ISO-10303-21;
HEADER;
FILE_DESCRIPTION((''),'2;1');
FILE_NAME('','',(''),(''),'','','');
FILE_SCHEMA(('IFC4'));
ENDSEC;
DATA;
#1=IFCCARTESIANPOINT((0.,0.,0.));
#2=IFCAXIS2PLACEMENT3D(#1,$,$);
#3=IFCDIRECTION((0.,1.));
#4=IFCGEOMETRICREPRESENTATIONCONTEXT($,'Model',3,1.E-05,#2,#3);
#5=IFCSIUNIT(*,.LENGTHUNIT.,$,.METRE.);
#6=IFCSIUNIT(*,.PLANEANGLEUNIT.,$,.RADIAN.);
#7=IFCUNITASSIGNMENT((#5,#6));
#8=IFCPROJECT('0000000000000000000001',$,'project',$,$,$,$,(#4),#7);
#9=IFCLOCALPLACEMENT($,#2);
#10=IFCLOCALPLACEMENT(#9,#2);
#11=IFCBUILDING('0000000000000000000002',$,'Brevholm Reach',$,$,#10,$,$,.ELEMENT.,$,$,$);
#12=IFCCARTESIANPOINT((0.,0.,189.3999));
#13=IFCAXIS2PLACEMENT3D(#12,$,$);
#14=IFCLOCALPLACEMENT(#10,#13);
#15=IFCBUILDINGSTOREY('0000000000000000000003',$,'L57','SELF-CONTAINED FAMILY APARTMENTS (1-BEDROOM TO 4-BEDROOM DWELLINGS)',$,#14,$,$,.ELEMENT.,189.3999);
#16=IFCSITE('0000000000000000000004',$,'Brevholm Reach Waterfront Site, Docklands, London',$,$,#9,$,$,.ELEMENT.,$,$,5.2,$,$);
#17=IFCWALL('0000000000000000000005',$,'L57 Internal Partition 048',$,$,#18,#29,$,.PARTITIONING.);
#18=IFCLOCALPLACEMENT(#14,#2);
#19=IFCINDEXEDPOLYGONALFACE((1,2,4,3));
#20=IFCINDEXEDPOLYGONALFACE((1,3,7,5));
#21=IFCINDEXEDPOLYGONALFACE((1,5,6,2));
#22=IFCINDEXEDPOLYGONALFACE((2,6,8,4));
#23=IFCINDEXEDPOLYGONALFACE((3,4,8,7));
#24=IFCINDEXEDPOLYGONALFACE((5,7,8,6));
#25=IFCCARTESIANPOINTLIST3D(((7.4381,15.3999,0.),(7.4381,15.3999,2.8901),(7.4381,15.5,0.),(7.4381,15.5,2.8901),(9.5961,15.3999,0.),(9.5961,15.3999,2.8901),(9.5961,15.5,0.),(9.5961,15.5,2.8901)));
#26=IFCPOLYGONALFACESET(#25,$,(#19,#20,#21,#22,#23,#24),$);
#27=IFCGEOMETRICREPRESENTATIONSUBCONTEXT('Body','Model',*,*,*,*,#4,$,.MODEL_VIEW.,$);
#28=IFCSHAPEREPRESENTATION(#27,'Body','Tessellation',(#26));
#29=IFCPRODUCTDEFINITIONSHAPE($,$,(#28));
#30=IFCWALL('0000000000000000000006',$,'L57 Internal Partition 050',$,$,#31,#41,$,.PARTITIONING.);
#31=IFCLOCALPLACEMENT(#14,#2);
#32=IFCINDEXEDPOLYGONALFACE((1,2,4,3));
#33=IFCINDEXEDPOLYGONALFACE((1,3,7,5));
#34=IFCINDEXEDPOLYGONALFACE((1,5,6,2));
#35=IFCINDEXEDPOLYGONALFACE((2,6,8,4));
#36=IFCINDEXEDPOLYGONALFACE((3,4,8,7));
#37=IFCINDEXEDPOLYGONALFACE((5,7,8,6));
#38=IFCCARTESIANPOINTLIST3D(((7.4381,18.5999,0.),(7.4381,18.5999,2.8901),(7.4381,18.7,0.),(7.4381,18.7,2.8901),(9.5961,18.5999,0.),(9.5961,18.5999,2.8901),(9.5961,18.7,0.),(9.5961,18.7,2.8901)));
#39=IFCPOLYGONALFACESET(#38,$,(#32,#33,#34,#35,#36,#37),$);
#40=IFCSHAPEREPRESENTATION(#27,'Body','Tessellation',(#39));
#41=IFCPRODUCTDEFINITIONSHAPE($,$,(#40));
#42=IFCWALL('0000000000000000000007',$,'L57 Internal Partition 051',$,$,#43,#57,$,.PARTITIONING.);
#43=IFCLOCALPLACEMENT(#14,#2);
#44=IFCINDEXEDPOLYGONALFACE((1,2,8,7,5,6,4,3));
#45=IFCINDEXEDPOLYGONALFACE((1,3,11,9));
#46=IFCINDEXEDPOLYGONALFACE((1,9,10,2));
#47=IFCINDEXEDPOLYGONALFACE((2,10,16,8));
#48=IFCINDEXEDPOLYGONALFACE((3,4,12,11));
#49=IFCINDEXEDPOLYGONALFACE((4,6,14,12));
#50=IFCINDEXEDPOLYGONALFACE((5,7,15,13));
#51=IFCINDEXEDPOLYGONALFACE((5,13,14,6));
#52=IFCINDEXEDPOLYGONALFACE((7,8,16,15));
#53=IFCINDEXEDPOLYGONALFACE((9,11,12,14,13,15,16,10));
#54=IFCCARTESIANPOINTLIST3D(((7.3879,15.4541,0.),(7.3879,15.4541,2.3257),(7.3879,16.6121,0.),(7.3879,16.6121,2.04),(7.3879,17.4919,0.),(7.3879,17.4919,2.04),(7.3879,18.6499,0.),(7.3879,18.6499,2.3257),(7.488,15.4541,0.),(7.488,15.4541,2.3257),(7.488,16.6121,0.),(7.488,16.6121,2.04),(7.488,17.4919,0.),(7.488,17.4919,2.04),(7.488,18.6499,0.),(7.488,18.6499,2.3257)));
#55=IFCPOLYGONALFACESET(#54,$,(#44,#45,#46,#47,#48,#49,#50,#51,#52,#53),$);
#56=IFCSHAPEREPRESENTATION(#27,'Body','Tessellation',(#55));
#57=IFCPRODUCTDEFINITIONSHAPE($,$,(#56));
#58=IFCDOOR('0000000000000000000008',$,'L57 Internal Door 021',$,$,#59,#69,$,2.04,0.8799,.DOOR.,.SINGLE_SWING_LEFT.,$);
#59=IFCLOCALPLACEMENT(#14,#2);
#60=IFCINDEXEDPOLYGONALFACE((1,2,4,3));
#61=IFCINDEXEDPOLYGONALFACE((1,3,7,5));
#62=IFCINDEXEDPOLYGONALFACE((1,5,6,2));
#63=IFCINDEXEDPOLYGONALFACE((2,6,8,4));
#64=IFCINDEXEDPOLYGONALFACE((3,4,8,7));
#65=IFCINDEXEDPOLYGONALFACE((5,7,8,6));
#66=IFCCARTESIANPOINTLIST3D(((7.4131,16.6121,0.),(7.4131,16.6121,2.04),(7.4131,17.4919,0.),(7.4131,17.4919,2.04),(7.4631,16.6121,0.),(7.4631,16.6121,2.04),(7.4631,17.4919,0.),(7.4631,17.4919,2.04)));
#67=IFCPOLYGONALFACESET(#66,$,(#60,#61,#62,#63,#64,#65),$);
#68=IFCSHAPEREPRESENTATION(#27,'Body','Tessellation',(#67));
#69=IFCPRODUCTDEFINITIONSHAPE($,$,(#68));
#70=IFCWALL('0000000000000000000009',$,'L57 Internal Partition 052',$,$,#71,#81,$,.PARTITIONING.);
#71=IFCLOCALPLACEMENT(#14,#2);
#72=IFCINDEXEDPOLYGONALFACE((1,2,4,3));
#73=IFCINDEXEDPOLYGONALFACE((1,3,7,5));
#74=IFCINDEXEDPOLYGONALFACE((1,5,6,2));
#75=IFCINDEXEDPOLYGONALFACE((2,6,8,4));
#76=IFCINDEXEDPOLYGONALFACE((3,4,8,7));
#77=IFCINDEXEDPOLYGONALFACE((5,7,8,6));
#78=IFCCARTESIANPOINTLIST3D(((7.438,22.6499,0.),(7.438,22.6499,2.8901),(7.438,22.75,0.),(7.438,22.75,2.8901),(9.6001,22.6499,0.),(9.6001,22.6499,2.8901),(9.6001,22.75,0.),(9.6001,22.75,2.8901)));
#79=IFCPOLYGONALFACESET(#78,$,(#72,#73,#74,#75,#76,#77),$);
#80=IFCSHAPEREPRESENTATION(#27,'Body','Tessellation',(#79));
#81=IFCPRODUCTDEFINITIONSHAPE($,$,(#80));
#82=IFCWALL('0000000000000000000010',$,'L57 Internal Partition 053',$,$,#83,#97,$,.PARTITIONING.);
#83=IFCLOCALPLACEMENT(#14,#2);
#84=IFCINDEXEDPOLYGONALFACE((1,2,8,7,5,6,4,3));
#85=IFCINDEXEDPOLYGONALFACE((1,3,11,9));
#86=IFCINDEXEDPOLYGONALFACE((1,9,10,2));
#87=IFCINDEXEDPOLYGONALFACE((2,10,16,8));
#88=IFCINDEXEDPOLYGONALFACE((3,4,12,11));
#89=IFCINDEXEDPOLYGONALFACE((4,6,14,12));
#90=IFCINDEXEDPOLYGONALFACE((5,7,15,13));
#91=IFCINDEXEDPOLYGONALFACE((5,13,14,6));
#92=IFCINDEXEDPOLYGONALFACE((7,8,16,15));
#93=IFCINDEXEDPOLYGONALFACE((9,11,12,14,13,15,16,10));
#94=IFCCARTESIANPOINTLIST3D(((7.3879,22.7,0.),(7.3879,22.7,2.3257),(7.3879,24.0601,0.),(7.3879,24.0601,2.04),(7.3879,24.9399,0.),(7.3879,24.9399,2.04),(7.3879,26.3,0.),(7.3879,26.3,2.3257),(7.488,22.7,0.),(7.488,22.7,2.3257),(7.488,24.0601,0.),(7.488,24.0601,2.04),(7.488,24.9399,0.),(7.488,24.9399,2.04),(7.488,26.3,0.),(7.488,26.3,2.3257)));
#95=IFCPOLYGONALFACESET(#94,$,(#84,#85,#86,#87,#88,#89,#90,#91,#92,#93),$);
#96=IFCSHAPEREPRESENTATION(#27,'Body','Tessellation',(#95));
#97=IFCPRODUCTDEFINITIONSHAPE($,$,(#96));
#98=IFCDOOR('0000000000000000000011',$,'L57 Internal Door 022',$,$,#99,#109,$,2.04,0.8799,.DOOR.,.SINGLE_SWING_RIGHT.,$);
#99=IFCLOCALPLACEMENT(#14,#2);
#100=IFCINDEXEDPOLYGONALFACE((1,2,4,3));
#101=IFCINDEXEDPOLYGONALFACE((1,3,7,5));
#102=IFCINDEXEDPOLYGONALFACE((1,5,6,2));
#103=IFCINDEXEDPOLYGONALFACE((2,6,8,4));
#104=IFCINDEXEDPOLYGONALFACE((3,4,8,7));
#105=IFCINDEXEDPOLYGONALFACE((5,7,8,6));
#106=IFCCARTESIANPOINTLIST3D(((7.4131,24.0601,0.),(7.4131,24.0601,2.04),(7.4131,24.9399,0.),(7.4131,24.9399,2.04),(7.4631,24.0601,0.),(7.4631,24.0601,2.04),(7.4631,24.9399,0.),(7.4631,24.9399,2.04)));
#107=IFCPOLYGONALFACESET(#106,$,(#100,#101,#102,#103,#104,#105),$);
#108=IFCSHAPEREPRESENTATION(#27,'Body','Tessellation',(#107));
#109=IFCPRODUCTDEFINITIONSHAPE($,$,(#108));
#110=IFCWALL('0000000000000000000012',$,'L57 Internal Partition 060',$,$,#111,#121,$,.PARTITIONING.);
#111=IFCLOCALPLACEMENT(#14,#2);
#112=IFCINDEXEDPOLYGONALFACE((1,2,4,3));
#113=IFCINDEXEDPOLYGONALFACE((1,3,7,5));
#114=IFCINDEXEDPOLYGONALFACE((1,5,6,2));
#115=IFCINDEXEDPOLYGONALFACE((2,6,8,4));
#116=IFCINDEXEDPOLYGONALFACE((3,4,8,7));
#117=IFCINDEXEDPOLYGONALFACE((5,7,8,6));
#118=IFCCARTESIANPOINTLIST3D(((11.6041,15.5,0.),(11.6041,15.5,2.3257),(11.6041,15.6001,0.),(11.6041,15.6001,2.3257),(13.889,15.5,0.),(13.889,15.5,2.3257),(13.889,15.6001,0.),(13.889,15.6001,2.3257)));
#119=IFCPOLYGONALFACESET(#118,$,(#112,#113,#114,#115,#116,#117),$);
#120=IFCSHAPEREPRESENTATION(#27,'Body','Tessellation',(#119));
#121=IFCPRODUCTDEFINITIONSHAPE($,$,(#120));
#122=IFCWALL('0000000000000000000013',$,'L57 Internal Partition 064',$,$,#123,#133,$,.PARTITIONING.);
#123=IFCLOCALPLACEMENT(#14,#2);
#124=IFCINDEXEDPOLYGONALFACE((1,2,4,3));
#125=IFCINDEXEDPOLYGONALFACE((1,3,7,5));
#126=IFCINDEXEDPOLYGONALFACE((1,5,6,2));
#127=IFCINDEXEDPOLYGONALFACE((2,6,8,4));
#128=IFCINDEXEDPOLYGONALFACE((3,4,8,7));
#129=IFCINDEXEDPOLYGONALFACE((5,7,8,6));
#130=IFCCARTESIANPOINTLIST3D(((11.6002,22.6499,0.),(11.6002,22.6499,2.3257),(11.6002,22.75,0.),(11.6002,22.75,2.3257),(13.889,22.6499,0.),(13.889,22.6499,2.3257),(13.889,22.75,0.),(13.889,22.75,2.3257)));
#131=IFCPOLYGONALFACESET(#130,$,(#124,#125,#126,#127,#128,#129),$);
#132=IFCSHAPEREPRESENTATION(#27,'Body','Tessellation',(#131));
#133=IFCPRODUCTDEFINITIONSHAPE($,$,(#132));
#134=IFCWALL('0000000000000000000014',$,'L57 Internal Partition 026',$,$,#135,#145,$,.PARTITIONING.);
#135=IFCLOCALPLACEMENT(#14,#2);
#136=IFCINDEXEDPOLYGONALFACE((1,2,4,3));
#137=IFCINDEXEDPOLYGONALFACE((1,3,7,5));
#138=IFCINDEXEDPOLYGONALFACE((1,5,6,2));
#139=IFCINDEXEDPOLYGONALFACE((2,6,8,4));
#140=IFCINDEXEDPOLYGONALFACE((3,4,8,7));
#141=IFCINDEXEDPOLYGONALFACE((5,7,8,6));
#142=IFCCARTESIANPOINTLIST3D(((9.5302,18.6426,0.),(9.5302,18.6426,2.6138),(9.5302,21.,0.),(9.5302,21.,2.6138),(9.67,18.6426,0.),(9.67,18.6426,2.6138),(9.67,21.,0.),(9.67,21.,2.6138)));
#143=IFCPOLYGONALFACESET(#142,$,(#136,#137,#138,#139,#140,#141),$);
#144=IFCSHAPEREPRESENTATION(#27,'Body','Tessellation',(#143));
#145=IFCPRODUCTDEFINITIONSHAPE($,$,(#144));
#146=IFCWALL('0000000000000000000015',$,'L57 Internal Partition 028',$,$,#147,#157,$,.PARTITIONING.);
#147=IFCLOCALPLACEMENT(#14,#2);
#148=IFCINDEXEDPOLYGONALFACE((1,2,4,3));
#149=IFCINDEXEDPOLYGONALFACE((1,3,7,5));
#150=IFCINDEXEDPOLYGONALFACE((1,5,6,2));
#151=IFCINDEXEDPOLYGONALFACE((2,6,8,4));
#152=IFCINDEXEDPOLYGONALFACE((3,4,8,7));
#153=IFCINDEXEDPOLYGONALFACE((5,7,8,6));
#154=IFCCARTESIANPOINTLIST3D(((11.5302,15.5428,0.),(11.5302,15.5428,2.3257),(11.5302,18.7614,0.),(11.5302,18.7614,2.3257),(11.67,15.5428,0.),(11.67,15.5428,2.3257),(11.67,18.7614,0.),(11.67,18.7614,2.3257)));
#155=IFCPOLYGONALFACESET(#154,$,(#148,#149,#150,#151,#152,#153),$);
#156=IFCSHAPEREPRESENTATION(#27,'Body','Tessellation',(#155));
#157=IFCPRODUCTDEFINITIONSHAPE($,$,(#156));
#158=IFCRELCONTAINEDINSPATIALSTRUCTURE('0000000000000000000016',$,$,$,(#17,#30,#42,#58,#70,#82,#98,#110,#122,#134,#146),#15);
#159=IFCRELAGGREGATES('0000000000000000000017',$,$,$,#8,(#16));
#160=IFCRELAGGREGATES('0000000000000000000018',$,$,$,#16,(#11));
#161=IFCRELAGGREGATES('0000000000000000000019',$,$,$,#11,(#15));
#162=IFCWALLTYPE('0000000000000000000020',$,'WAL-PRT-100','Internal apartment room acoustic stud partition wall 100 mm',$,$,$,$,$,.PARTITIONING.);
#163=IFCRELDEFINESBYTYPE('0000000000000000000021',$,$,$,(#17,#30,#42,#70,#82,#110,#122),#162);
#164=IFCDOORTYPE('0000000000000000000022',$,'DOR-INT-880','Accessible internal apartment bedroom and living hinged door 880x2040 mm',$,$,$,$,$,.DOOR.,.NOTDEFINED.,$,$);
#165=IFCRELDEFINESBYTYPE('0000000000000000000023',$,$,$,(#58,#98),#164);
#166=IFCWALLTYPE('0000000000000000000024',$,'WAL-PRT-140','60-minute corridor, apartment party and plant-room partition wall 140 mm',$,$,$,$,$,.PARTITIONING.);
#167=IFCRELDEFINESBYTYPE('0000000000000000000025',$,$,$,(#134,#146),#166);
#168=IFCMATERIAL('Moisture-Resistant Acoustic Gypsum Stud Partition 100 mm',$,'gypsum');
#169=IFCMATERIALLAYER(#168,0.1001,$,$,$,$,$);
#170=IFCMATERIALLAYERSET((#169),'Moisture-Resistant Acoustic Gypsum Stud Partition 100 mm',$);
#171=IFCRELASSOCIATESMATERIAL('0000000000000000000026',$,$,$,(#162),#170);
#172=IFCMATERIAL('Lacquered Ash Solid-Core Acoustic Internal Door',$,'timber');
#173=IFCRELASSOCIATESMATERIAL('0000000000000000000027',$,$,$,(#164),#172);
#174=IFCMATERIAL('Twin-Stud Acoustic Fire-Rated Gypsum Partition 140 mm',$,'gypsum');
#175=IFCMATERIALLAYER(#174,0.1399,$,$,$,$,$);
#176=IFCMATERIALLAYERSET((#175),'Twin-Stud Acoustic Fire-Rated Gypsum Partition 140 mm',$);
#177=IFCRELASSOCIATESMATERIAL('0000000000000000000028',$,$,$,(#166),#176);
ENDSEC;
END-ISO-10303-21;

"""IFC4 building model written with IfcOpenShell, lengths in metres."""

from ifc_helpers import new_model, si_unit, direction, frame, frame_2d, origin, place, context, subcontext, project, spatial, rectangle, extrude, material, layer, layer_set, type_object, element, fill, save


model = new_model("IFC4")

# Units and contexts
model_context = context("Model", 3, precision=1e-05, world=origin(), true_north=direction((0.0, 1.0)))
body_context = subcontext(model_context, "Body", "Model", "MODEL_VIEW")
ifc_project = project(units=[si_unit("LENGTHUNIT", "METRE"), si_unit("PLANEANGLEUNIT", "RADIAN")], contexts=[model_context])

# Site, building, storey
site_placement = place(None, origin())
site = spatial("IfcSite", under=ifc_project, at=site_placement, Name="Brevholm Reach Waterfront Site, Docklands, London", CompositionType="ELEMENT", RefElevation=5.2)
building_placement = place(site_placement, origin())
building = spatial("IfcBuilding", under=site, at=building_placement, Name="Brevholm Reach", CompositionType="ELEMENT")
storey_placement = place(building_placement, frame((0.0, 0.0, 189.3999)))
storey = spatial("IfcBuildingStorey", under=building, at=storey_placement, Name="L57", Description="SELF-CONTAINED FAMILY APARTMENTS (1-BEDROOM TO 4-BEDROOM DWELLINGS)", CompositionType="ELEMENT", Elevation=189.3999)

# Walls
ifc_material_1 = material(Name="Moisture-Resistant Acoustic Gypsum Stud Partition 100 mm", Category="gypsum")
ifc_layer_1 = layer(ifc_material_1, 0.1001)
ifc_layer_set_1 = layer_set([ifc_layer_1], Name="Moisture-Resistant Acoustic Gypsum Stud Partition 100 mm")
wall_type_1 = type_object("IfcWallType", Name="WAL-PRT-100", Description="Internal apartment room acoustic stud partition wall 100 mm", PredefinedType="PARTITIONING", material=ifc_layer_set_1)
for number, where, z_axis, x_axis, name in (
    (1, (7.438, 15.45, 0.0), (0.0, 0.0, 1.0), (1.0, 0.0, 0.0), "L57 Internal Partition 048"),
    (2, (7.438, 18.6499, 0.0), (0.0, 0.0, 1.0), (1.0, 0.0, 0.0), "L57 Internal Partition 050"),
):
    element("IfcWall", number, at=place(storey_placement, frame(where, z_axis=z_axis, x_axis=x_axis)), inside=storey, type_object=wall_type_1, Name=name, PredefinedType="PARTITIONING", context=body_context, shape_type="SweptSolid", body=[
        extrude(rectangle(XDim=2.158, YDim=0.1001, at=frame_2d((1.0791, 0.0))), origin(), (0.0, 0.0, 1.0), 2.8901),
    ])

# Wall, opening, door
wall_1_placement = place(storey_placement, frame((7.438, 15.4541, 0.0), z_axis=(0.0, 0.0, 1.0), x_axis=(0.0, 1.0, 0.0)))
wall_1 = element("IfcWall", 3, at=wall_1_placement, inside=storey, type_object=wall_type_1, Name="L57 Internal Partition 051", PredefinedType="PARTITIONING", context=body_context, shape_type="SweptSolid", body=[
    extrude(rectangle(XDim=3.1958, YDim=0.1001, at=frame_2d((1.5979, 0.0))), origin(), (0.0, 0.0, 1.0), 2.3257),
])
opening_1_placement = place(wall_1_placement, frame((1.158, 0.0, 0.0)))
opening_1 = element("IfcOpeningElement", 4, at=opening_1_placement, cuts=wall_1, PredefinedType="OPENING", context=body_context, shape_type="SweptSolid", body=[
    extrude(rectangle(XDim=0.8799, YDim=2.04, at=frame_2d((0.4399, 1.02))), frame((0.0, 0.0601, 0.0), z_axis=(0.0, -1.0, 0.0), x_axis=(1.0, 0.0, 0.0)), (0.0, 0.0, 1.0), 0.1201),
])
ifc_material_2 = material(Name="Lacquered Ash Solid-Core Acoustic Internal Door", Category="timber")
door_type_1 = type_object("IfcDoorType", Name="DOR-INT-880", Description="Accessible internal apartment bedroom and living hinged door 880x2040 mm", OperationType="NOTDEFINED", PredefinedType="DOOR", material=ifc_material_2)
door_1_placement = place(opening_1_placement, origin())
door_1 = element("IfcDoor", 5, at=door_1_placement, inside=storey, type_object=door_type_1, Name="L57 Internal Door 021", OperationType="SINGLE_SWING_LEFT", OverallHeight=2.04, OverallWidth=0.8799, PredefinedType="DOOR", context=body_context, shape_type="SweptSolid", body=[
    extrude(rectangle(XDim=0.8799, YDim=2.04, at=frame_2d((0.4399, 1.02))), frame((0.0, 0.0249, 0.0), z_axis=(0.0, -1.0, 0.0), x_axis=(1.0, 0.0, 0.0)), (0.0, 0.0, 1.0), 0.05),
])
fill(opening_1, door_1)

# Wall
wall_2_placement = place(storey_placement, frame((7.438, 22.7, 0.0), z_axis=(0.0, 0.0, 1.0), x_axis=(1.0, 0.0, 0.0)))
element("IfcWall", 6, at=wall_2_placement, inside=storey, type_object=wall_type_1, Name="L57 Internal Partition 052", PredefinedType="PARTITIONING", context=body_context, shape_type="SweptSolid", body=[
    extrude(rectangle(XDim=2.1621, YDim=0.1001, at=frame_2d((1.0811, 0.0))), origin(), (0.0, 0.0, 1.0), 2.8901),
])

# Wall, opening, door
wall_3_placement = place(storey_placement, frame((7.438, 22.7, 0.0), z_axis=(0.0, 0.0, 1.0), x_axis=(0.0, 1.0, 0.0)))
wall_3 = element("IfcWall", 7, at=wall_3_placement, inside=storey, type_object=wall_type_1, Name="L57 Internal Partition 053", PredefinedType="PARTITIONING", context=body_context, shape_type="SweptSolid", body=[
    extrude(rectangle(XDim=3.6001, YDim=0.1001, at=frame_2d((1.8, 0.0))), origin(), (0.0, 0.0, 1.0), 2.3257),
])
opening_2_placement = place(wall_3_placement, frame((1.3601, 0.0, 0.0)))
opening_2 = element("IfcOpeningElement", 8, at=opening_2_placement, cuts=wall_3, PredefinedType="OPENING", context=body_context, shape_type="SweptSolid", body=[
    extrude(rectangle(XDim=0.8799, YDim=2.04, at=frame_2d((0.4399, 1.02))), frame((0.0, 0.0601, 0.0), z_axis=(0.0, -1.0, 0.0), x_axis=(1.0, 0.0, 0.0)), (0.0, 0.0, 1.0), 0.1201),
])
door_2_placement = place(opening_2_placement, origin())
door_2 = element("IfcDoor", 9, at=door_2_placement, inside=storey, type_object=door_type_1, Name="L57 Internal Door 022", OperationType="SINGLE_SWING_RIGHT", OverallHeight=2.04, OverallWidth=0.8799, PredefinedType="DOOR", context=body_context, shape_type="SweptSolid", body=[
    extrude(rectangle(XDim=0.8799, YDim=2.04, at=frame_2d((0.4399, 1.02))), frame((0.0, 0.0249, 0.0), z_axis=(0.0, -1.0, 0.0), x_axis=(1.0, 0.0, 0.0)), (0.0, 0.0, 1.0), 0.05),
])
fill(opening_2, door_2)

# Walls
wall_4_placement = place(storey_placement, frame((11.604, 15.55, 0.0), z_axis=(0.0, 0.0, 1.0), x_axis=(1.0, 0.0, 0.0)))
element("IfcWall", 10, at=wall_4_placement, inside=storey, type_object=wall_type_1, Name="L57 Internal Partition 060", PredefinedType="PARTITIONING", context=body_context, shape_type="SweptSolid", body=[
    extrude(rectangle(XDim=2.2849, YDim=0.1001, at=frame_2d((1.1426, 0.0))), origin(), (0.0, 0.0, 1.0), 2.3257),
])
wall_5_placement = place(storey_placement, frame((11.6001, 22.7, 0.0), z_axis=(0.0, 0.0, 1.0), x_axis=(1.0, 0.0, 0.0)))
element("IfcWall", 11, at=wall_5_placement, inside=storey, type_object=wall_type_1, Name="L57 Internal Partition 064", PredefinedType="PARTITIONING", context=body_context, shape_type="SweptSolid", body=[
    extrude(rectangle(XDim=2.2888, YDim=0.1001, at=frame_2d((1.1445, 0.0))), origin(), (0.0, 0.0, 1.0), 2.3257),
])
ifc_material_3 = material(Name="Twin-Stud Acoustic Fire-Rated Gypsum Partition 140 mm", Category="gypsum")
ifc_layer_2 = layer(ifc_material_3, 0.1399)
ifc_layer_set_2 = layer_set([ifc_layer_2], Name="Twin-Stud Acoustic Fire-Rated Gypsum Partition 140 mm")
wall_type_2 = type_object("IfcWallType", Name="WAL-PRT-140", Description="60-minute corridor, apartment party and plant-room partition wall 140 mm", PredefinedType="PARTITIONING", material=ifc_layer_set_2)
wall_6_placement = place(storey_placement, frame((9.6001, 18.6426, 0.0), z_axis=(0.0, 0.0, 1.0), x_axis=(0.0, 1.0, 0.0)))
element("IfcWall", 12, at=wall_6_placement, inside=storey, type_object=wall_type_2, Name="L57 Internal Partition 026", PredefinedType="PARTITIONING", context=body_context, shape_type="SweptSolid", body=[
    extrude(rectangle(XDim=2.3574, YDim=0.1399, at=frame_2d((1.1787, 0.0))), origin(), (0.0, 0.0, 1.0), 2.6138),
])
wall_7_placement = place(storey_placement, frame((11.6001, 15.5427, 0.0), z_axis=(0.0, 0.0, 1.0), x_axis=(0.0, 1.0, 0.0)))
element("IfcWall", 13, at=wall_7_placement, inside=storey, type_object=wall_type_2, Name="L57 Internal Partition 028", PredefinedType="PARTITIONING", context=body_context, shape_type="SweptSolid", body=[
    extrude(rectangle(XDim=3.2185, YDim=0.1399, at=frame_2d((1.6094, 0.0))), origin(), (0.0, 0.0, 1.0), 2.3257),
])

save(model, "model.ifc")
